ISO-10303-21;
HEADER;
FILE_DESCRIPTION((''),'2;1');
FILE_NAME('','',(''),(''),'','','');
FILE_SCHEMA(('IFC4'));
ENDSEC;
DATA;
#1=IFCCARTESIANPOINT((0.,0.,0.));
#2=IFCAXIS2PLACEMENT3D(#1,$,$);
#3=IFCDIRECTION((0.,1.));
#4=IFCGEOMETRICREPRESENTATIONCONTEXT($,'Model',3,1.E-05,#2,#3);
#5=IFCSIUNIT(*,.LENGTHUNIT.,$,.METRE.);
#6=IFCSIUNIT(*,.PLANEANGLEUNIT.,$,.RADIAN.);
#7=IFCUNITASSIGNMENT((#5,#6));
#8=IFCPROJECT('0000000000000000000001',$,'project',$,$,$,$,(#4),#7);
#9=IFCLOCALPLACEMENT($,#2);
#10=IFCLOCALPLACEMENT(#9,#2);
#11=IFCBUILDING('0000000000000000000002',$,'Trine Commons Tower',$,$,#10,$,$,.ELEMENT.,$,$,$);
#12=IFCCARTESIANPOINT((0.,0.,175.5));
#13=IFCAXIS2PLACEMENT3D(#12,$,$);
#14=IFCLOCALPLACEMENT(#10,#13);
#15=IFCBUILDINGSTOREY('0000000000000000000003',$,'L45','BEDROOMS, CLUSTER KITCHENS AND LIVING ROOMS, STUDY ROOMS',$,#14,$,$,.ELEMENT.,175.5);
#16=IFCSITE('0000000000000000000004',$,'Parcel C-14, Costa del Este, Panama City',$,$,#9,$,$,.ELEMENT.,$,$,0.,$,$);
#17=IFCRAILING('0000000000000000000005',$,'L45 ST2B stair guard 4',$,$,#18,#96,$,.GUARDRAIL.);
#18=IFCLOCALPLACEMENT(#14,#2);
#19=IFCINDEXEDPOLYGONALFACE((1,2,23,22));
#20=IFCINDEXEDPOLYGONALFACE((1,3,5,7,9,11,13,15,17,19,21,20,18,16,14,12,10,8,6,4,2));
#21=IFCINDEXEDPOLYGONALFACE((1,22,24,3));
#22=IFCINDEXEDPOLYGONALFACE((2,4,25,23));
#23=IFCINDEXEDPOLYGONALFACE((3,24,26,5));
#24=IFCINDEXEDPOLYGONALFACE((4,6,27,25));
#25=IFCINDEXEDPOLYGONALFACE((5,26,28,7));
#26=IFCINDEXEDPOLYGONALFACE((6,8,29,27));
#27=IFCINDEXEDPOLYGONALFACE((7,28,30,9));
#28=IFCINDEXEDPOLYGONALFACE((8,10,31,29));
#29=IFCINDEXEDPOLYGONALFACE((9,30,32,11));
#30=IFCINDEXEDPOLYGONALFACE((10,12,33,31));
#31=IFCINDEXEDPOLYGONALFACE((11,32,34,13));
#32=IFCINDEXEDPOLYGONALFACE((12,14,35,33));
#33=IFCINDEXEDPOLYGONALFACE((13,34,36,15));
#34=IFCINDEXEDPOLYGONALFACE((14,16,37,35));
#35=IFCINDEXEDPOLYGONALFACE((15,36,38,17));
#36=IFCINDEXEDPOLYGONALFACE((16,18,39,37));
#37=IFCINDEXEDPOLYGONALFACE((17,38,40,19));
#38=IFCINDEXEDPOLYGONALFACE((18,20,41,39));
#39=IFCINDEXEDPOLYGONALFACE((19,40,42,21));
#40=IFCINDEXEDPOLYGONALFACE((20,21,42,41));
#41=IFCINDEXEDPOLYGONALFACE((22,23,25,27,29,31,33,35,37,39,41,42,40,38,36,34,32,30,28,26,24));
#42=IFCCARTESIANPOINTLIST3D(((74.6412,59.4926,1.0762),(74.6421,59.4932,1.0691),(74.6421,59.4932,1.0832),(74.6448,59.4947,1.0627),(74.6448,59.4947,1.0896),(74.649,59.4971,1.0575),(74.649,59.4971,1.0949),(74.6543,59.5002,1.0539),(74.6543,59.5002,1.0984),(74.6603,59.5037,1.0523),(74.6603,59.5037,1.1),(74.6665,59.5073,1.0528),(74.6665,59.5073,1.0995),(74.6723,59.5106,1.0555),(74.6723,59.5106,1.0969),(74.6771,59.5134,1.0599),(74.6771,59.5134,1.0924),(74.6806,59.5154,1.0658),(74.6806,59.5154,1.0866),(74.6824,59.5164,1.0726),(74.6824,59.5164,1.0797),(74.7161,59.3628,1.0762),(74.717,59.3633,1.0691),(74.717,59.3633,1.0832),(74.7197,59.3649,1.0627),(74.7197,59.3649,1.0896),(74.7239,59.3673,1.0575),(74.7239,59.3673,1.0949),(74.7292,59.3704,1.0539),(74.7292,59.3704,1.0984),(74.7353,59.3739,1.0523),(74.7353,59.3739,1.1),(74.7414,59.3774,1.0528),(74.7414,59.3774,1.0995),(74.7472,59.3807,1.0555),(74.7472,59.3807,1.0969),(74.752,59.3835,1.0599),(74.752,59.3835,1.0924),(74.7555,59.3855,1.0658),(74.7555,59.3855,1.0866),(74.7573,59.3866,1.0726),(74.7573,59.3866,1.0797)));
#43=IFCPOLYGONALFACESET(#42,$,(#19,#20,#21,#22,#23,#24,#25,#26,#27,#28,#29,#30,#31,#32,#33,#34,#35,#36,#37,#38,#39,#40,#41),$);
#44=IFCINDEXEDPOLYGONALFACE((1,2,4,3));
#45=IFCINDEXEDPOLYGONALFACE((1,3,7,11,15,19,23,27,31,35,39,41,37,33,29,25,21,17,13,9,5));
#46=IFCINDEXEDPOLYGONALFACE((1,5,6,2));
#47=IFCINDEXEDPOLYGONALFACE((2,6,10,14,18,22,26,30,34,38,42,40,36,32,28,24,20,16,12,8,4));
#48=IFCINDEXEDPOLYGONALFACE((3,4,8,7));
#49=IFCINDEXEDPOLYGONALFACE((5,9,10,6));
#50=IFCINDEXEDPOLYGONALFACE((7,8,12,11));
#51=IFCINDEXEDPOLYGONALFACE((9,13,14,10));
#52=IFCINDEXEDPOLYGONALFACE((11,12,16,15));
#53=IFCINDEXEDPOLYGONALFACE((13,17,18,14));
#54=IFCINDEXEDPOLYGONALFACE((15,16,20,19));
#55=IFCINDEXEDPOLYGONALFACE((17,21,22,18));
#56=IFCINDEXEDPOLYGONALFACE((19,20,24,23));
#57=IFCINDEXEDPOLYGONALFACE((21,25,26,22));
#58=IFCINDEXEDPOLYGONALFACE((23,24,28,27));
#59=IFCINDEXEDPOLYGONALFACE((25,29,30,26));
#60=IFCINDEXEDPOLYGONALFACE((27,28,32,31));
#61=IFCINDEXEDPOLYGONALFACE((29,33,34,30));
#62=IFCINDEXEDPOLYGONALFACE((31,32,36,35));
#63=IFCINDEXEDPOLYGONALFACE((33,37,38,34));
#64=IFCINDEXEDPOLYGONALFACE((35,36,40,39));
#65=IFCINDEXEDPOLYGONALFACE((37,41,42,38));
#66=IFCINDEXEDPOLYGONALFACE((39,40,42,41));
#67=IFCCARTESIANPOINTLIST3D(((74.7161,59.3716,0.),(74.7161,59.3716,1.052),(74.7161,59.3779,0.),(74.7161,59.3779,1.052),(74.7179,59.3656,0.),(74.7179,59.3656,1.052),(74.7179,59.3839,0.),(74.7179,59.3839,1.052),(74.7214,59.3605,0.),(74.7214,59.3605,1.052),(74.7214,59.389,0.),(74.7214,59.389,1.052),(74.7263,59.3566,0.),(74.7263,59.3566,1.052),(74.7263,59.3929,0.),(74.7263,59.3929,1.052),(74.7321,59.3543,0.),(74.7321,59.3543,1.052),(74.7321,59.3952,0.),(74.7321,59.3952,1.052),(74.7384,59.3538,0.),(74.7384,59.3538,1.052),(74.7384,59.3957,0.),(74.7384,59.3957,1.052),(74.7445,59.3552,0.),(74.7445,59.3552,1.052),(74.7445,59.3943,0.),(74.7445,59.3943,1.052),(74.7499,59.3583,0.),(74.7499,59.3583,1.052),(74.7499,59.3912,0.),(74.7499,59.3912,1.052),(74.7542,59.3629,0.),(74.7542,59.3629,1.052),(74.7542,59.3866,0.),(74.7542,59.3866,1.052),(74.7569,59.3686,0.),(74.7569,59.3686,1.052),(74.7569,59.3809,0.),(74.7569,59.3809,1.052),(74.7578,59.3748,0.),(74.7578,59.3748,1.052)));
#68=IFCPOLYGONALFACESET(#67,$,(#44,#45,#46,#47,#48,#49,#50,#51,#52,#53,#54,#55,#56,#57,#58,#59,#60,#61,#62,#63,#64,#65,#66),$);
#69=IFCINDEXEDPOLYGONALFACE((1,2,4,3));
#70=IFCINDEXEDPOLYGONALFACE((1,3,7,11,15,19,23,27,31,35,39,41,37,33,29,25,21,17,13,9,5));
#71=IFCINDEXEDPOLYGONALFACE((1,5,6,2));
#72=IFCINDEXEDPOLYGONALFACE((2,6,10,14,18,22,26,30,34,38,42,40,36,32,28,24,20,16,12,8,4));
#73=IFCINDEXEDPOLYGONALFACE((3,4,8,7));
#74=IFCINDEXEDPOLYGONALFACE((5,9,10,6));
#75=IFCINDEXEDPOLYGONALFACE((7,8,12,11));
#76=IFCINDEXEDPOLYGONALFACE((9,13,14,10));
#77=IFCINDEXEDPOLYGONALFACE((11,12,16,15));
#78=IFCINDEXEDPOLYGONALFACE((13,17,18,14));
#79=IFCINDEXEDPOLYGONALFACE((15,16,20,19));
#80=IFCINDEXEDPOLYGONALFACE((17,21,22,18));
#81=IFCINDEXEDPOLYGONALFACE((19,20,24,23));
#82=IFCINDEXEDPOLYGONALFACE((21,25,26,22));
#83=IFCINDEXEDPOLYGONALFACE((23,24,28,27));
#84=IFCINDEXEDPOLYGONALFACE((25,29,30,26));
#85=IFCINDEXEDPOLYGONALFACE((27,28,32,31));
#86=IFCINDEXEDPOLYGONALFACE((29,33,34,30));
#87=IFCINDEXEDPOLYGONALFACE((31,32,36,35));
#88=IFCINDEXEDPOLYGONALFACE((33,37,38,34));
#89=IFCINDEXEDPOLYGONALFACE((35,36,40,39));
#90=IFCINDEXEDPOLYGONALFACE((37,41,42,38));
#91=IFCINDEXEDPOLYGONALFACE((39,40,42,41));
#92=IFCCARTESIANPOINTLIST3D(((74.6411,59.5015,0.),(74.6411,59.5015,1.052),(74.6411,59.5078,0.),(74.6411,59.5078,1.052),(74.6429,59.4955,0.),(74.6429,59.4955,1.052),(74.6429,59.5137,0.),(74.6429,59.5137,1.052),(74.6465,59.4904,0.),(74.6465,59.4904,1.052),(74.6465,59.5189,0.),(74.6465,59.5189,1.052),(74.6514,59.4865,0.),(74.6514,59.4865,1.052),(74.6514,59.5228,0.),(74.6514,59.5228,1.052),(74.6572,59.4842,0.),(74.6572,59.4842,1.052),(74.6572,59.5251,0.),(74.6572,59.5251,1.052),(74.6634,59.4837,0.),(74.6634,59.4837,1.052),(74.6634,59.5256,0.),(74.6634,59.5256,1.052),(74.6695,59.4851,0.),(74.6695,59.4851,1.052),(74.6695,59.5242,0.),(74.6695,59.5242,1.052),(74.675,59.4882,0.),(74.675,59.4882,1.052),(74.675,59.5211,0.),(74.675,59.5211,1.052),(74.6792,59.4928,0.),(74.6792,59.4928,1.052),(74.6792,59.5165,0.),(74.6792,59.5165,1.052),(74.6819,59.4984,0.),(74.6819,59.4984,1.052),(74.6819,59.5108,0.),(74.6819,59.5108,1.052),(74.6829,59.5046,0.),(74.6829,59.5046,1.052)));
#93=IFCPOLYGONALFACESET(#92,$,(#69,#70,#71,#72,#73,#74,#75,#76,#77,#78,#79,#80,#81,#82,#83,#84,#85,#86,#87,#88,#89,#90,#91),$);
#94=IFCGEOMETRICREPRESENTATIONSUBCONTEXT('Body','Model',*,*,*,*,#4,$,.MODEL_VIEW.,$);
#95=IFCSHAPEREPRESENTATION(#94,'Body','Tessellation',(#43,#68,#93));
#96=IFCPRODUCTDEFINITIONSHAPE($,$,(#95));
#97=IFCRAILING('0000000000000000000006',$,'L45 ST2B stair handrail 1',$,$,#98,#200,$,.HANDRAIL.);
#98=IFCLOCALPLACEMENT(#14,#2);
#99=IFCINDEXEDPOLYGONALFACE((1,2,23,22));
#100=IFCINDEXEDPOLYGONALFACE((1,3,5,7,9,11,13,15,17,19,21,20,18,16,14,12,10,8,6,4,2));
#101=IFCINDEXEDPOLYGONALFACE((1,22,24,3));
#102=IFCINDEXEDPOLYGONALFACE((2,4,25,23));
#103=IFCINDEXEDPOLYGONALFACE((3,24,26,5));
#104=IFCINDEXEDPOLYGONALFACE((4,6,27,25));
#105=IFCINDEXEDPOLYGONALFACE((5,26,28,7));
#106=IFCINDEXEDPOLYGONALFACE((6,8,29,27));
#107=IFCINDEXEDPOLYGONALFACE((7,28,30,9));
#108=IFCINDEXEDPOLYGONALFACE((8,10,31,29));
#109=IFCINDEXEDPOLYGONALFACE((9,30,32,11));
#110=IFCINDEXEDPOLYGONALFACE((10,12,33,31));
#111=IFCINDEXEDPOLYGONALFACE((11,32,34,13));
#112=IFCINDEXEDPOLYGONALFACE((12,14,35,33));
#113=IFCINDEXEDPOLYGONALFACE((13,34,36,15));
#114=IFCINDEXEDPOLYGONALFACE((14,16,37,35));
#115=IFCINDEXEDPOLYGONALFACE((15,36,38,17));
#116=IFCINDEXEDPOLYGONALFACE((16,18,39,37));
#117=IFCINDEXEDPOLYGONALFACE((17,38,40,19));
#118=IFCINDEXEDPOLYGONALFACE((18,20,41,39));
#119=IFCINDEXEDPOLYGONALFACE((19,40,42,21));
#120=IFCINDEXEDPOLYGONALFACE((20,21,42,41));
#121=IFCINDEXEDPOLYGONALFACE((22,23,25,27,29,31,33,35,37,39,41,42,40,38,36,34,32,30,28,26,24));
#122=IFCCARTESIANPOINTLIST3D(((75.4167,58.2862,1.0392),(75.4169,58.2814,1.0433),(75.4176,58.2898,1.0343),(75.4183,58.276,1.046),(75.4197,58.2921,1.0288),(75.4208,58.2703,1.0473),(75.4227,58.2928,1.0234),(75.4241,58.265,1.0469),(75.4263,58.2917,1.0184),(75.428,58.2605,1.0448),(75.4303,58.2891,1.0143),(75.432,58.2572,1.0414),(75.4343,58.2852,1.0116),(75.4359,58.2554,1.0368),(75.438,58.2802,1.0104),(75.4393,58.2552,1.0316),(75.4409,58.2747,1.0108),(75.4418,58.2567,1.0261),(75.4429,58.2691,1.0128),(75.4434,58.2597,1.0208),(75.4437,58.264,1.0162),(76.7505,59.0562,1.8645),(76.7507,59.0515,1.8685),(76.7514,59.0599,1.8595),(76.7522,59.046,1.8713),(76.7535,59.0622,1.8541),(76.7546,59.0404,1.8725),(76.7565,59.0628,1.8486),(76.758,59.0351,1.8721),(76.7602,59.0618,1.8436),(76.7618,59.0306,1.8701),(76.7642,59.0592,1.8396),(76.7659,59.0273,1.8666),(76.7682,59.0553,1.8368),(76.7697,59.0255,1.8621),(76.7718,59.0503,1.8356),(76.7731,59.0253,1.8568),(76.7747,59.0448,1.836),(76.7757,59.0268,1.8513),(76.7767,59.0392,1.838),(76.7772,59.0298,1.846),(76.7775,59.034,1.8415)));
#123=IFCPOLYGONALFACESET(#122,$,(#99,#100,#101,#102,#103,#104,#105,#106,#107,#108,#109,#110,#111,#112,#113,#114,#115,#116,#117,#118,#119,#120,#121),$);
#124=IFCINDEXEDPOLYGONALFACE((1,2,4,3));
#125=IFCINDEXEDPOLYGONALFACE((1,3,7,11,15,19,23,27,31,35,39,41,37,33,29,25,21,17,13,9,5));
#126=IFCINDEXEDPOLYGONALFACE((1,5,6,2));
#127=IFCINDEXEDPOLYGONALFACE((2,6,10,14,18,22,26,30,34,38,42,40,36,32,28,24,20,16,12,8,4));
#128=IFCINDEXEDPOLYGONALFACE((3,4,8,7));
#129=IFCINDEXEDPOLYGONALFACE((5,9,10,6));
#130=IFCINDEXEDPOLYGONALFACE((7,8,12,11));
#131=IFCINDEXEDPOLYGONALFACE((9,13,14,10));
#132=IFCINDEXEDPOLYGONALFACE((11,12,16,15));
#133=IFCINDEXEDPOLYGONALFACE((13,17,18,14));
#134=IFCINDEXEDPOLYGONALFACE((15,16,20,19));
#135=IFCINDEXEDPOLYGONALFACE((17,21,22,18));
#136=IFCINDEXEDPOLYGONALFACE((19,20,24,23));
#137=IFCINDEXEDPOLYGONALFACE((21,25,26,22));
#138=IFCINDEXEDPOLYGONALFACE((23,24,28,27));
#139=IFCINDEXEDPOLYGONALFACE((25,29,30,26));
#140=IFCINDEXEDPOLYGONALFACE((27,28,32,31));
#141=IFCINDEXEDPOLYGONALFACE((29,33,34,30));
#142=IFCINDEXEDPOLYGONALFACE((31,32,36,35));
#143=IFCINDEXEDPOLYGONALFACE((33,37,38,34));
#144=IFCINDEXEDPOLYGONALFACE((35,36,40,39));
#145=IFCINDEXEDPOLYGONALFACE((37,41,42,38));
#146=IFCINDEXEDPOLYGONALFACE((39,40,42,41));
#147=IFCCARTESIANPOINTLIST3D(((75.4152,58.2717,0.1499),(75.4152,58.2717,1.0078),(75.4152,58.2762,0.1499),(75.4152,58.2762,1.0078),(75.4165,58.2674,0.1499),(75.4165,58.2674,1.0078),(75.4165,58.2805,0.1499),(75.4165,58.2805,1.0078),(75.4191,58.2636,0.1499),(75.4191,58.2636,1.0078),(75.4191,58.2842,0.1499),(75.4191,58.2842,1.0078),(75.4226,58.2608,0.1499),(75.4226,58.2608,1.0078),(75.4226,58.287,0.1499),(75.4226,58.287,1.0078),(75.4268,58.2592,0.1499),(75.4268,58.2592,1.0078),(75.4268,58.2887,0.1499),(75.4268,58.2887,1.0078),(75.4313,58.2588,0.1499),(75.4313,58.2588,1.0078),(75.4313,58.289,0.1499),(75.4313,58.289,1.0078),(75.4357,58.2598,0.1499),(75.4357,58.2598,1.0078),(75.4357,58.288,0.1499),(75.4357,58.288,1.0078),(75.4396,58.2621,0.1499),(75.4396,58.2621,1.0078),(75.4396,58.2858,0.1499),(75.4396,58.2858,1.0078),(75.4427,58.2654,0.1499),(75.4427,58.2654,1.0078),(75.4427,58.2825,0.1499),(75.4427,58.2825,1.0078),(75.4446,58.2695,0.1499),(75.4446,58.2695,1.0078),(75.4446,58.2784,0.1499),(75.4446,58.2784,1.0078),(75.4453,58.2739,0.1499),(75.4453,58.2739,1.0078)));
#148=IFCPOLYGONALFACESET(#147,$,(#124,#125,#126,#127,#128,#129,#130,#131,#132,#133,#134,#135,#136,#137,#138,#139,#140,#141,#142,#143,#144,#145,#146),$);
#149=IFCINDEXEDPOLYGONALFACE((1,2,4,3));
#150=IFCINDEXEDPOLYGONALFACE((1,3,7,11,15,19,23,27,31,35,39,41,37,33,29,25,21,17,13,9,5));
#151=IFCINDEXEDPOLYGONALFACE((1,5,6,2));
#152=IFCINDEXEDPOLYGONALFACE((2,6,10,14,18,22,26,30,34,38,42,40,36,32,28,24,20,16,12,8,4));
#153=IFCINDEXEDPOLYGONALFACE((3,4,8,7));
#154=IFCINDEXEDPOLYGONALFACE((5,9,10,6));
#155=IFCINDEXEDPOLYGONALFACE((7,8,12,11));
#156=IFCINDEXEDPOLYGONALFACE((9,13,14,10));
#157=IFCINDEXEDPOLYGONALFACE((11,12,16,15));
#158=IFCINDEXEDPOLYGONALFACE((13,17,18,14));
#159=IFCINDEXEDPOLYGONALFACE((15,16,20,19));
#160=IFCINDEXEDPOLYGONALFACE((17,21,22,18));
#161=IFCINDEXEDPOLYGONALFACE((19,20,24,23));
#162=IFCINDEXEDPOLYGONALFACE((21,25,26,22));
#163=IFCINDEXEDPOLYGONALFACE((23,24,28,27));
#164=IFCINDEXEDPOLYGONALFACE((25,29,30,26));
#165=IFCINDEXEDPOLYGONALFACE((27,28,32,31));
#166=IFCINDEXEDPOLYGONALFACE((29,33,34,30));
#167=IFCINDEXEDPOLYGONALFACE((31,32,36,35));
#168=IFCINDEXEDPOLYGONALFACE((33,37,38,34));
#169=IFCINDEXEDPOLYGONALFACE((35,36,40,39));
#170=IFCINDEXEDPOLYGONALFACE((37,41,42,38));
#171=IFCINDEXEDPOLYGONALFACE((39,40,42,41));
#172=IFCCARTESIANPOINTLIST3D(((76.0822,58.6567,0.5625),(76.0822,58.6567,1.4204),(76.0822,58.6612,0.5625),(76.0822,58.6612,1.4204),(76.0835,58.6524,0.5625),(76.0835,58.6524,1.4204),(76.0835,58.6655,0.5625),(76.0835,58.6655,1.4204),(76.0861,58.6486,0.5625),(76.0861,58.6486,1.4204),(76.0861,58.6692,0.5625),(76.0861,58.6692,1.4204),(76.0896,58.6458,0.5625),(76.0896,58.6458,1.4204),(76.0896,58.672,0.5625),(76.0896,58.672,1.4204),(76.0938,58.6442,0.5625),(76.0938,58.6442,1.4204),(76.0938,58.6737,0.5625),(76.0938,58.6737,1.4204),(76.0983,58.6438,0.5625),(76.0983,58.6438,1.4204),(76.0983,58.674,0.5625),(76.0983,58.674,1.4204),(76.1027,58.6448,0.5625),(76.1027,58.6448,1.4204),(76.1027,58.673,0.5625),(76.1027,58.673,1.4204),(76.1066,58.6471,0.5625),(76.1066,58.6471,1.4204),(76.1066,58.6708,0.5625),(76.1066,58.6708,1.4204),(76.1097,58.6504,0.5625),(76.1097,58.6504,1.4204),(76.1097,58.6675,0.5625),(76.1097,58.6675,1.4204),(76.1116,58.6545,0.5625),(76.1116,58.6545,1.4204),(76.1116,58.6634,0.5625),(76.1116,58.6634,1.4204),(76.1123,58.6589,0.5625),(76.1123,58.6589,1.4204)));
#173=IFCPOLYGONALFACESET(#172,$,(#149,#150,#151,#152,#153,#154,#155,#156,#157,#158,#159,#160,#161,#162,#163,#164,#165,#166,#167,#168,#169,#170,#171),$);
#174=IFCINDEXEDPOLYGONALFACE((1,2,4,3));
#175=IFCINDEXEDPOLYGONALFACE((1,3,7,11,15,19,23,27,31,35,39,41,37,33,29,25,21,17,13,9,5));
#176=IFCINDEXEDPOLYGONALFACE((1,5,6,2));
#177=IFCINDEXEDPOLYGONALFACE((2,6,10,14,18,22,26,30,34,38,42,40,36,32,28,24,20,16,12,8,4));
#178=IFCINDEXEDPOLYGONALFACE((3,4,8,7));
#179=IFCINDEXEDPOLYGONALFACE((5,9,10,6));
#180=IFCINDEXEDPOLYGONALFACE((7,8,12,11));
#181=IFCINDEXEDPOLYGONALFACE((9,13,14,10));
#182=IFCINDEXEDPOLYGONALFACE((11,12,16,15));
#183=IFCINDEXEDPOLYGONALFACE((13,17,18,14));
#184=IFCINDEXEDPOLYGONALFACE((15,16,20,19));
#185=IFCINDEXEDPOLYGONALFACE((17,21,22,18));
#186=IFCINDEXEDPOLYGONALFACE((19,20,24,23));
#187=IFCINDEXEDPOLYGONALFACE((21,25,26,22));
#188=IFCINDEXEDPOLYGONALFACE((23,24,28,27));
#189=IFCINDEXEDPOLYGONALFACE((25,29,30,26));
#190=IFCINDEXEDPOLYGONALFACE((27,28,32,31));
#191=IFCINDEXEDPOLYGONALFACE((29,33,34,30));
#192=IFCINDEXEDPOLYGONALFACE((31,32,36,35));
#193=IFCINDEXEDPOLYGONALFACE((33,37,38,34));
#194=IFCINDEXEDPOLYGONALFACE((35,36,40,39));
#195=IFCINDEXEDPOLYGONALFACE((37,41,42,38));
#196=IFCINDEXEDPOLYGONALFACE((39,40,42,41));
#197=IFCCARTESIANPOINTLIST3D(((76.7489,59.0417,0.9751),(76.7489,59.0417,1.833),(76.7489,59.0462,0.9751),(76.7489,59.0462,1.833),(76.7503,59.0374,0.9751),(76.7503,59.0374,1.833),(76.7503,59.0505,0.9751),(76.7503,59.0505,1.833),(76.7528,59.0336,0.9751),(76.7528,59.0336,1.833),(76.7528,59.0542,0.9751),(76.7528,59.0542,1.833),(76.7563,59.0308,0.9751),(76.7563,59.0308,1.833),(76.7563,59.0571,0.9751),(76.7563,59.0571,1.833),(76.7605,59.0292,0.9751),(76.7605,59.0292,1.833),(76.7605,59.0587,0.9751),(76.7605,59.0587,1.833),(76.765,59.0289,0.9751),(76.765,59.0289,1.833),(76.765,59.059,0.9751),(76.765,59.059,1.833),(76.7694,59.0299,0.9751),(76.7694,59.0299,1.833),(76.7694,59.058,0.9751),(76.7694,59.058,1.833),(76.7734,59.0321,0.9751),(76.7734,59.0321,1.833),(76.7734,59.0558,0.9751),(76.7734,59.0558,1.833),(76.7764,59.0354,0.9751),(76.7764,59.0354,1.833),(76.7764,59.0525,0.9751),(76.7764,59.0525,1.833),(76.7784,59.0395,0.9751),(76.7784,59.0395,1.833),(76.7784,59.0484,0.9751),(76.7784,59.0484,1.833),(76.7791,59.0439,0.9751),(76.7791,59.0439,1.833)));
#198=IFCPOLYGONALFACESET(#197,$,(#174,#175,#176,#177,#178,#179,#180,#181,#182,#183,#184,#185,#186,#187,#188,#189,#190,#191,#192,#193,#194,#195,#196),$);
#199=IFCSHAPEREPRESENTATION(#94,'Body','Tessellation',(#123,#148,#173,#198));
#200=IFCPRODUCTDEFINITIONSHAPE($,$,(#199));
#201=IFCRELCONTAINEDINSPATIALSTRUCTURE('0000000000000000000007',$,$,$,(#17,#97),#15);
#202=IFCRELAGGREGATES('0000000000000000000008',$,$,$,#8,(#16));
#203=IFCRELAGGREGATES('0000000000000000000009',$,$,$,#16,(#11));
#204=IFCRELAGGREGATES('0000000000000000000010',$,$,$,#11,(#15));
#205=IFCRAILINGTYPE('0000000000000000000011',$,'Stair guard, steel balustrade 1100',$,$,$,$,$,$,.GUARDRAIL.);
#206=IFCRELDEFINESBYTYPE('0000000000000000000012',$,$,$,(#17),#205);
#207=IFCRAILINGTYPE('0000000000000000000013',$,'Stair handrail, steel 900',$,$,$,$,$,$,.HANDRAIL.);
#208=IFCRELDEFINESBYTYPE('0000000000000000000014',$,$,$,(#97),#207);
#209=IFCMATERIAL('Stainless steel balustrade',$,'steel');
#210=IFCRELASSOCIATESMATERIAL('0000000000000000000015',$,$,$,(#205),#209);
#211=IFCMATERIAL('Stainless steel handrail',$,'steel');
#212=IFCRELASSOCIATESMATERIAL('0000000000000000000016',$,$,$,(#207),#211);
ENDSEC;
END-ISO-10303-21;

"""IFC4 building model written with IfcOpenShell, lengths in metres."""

from ifc_helpers import new_model, si_unit, direction, frame, origin, origin_2d, place, context, subcontext, project, spatial, circle, extrude, material, type_object, element, save


model = new_model("IFC4")

# Units and contexts
model_context = context("Model", 3, precision=1e-05, world=origin(), true_north=direction((0.0, 1.0)))
body_context = subcontext(model_context, "Body", "Model", "MODEL_VIEW")
ifc_project = project(units=[si_unit("LENGTHUNIT", "METRE"), si_unit("PLANEANGLEUNIT", "RADIAN")], contexts=[model_context])

# Site, building, storey
site_placement = place(None, origin())
site = spatial("IfcSite", under=ifc_project, at=site_placement, Name="Parcel C-14, Costa del Este, Panama City", CompositionType="ELEMENT", RefElevation=0.0)
building_placement = place(site_placement, origin())
building = spatial("IfcBuilding", under=site, at=building_placement, Name="Trine Commons Tower", CompositionType="ELEMENT")
storey_placement = place(building_placement, frame((0.0, 0.0, 175.5)))
storey = spatial("IfcBuildingStorey", under=building, at=storey_placement, Name="L45", Description="BEDROOMS, CLUSTER KITCHENS AND LIVING ROOMS, STUDY ROOMS", CompositionType="ELEMENT", Elevation=175.5)

# Railings
ifc_material_1 = material(Name="Stainless steel balustrade", Category="steel")
railing_type_1 = type_object("IfcRailingType", Name="Stair guard, steel balustrade 1100", PredefinedType="GUARDRAIL", material=ifc_material_1)
railing_1_placement = place(storey_placement, frame((74.7368, 59.3748, 0.0)))
element("IfcRailing", 1, at=railing_1_placement, inside=storey, type_object=railing_type_1, Name="L45 ST2B stair guard 4", PredefinedType="GUARDRAIL", context=body_context, shape_type="SweptSolid", body=[
    extrude(circle(Radius=0.0239, at=origin_2d()), frame((0.0, 0.0, 1.0762), z_axis=(-0.499816, 0.866131, 0.0), x_axis=(-0.866131, -0.499816, 0.0)), (0.0, 0.0, 1.0), 0.1499),
    extrude(circle(Radius=0.021, at=origin_2d()), origin(), (0.0, 0.0, 1.0), 1.052),
    extrude(circle(Radius=0.021, at=origin_2d()), frame((-0.075, 0.1299, 0.0)), (0.0, 0.0, 1.0), 1.052),
])
ifc_material_2 = material(Name="Stainless steel handrail", Category="steel")
railing_type_2 = type_object("IfcRailingType", Name="Stair handrail, steel 900", PredefinedType="HANDRAIL", material=ifc_material_2)
railing_2_placement = place(storey_placement, frame((75.4302, 58.2739, 0.1499)))
element("IfcRailing", 2, at=railing_2_placement, inside=storey, type_object=railing_type_2, Name="L45 ST2B stair handrail 1", PredefinedType="HANDRAIL", context=body_context, shape_type="SweptSolid", body=[
    extrude(circle(Radius=0.021, at=origin_2d()), frame((0.0, 0.0, 0.8789), z_axis=(0.763355, 0.440714, 0.472293), x_axis=(-0.499992, 0.86603, 0.0)), (0.0, 0.0, 1.0), 1.7473),
    extrude(circle(Radius=0.0151, at=origin_2d()), origin(), (0.0, 0.0, 1.0), 0.8579),
    extrude(circle(Radius=0.0151, at=origin_2d()), frame((0.667, 0.385, 0.4126)), (0.0, 0.0, 1.0), 0.8579),
    extrude(circle(Radius=0.0151, at=origin_2d()), frame((1.3337, 0.77, 0.8252)), (0.0, 0.0, 1.0), 0.8579),
])

save(model, "model.ifc")
